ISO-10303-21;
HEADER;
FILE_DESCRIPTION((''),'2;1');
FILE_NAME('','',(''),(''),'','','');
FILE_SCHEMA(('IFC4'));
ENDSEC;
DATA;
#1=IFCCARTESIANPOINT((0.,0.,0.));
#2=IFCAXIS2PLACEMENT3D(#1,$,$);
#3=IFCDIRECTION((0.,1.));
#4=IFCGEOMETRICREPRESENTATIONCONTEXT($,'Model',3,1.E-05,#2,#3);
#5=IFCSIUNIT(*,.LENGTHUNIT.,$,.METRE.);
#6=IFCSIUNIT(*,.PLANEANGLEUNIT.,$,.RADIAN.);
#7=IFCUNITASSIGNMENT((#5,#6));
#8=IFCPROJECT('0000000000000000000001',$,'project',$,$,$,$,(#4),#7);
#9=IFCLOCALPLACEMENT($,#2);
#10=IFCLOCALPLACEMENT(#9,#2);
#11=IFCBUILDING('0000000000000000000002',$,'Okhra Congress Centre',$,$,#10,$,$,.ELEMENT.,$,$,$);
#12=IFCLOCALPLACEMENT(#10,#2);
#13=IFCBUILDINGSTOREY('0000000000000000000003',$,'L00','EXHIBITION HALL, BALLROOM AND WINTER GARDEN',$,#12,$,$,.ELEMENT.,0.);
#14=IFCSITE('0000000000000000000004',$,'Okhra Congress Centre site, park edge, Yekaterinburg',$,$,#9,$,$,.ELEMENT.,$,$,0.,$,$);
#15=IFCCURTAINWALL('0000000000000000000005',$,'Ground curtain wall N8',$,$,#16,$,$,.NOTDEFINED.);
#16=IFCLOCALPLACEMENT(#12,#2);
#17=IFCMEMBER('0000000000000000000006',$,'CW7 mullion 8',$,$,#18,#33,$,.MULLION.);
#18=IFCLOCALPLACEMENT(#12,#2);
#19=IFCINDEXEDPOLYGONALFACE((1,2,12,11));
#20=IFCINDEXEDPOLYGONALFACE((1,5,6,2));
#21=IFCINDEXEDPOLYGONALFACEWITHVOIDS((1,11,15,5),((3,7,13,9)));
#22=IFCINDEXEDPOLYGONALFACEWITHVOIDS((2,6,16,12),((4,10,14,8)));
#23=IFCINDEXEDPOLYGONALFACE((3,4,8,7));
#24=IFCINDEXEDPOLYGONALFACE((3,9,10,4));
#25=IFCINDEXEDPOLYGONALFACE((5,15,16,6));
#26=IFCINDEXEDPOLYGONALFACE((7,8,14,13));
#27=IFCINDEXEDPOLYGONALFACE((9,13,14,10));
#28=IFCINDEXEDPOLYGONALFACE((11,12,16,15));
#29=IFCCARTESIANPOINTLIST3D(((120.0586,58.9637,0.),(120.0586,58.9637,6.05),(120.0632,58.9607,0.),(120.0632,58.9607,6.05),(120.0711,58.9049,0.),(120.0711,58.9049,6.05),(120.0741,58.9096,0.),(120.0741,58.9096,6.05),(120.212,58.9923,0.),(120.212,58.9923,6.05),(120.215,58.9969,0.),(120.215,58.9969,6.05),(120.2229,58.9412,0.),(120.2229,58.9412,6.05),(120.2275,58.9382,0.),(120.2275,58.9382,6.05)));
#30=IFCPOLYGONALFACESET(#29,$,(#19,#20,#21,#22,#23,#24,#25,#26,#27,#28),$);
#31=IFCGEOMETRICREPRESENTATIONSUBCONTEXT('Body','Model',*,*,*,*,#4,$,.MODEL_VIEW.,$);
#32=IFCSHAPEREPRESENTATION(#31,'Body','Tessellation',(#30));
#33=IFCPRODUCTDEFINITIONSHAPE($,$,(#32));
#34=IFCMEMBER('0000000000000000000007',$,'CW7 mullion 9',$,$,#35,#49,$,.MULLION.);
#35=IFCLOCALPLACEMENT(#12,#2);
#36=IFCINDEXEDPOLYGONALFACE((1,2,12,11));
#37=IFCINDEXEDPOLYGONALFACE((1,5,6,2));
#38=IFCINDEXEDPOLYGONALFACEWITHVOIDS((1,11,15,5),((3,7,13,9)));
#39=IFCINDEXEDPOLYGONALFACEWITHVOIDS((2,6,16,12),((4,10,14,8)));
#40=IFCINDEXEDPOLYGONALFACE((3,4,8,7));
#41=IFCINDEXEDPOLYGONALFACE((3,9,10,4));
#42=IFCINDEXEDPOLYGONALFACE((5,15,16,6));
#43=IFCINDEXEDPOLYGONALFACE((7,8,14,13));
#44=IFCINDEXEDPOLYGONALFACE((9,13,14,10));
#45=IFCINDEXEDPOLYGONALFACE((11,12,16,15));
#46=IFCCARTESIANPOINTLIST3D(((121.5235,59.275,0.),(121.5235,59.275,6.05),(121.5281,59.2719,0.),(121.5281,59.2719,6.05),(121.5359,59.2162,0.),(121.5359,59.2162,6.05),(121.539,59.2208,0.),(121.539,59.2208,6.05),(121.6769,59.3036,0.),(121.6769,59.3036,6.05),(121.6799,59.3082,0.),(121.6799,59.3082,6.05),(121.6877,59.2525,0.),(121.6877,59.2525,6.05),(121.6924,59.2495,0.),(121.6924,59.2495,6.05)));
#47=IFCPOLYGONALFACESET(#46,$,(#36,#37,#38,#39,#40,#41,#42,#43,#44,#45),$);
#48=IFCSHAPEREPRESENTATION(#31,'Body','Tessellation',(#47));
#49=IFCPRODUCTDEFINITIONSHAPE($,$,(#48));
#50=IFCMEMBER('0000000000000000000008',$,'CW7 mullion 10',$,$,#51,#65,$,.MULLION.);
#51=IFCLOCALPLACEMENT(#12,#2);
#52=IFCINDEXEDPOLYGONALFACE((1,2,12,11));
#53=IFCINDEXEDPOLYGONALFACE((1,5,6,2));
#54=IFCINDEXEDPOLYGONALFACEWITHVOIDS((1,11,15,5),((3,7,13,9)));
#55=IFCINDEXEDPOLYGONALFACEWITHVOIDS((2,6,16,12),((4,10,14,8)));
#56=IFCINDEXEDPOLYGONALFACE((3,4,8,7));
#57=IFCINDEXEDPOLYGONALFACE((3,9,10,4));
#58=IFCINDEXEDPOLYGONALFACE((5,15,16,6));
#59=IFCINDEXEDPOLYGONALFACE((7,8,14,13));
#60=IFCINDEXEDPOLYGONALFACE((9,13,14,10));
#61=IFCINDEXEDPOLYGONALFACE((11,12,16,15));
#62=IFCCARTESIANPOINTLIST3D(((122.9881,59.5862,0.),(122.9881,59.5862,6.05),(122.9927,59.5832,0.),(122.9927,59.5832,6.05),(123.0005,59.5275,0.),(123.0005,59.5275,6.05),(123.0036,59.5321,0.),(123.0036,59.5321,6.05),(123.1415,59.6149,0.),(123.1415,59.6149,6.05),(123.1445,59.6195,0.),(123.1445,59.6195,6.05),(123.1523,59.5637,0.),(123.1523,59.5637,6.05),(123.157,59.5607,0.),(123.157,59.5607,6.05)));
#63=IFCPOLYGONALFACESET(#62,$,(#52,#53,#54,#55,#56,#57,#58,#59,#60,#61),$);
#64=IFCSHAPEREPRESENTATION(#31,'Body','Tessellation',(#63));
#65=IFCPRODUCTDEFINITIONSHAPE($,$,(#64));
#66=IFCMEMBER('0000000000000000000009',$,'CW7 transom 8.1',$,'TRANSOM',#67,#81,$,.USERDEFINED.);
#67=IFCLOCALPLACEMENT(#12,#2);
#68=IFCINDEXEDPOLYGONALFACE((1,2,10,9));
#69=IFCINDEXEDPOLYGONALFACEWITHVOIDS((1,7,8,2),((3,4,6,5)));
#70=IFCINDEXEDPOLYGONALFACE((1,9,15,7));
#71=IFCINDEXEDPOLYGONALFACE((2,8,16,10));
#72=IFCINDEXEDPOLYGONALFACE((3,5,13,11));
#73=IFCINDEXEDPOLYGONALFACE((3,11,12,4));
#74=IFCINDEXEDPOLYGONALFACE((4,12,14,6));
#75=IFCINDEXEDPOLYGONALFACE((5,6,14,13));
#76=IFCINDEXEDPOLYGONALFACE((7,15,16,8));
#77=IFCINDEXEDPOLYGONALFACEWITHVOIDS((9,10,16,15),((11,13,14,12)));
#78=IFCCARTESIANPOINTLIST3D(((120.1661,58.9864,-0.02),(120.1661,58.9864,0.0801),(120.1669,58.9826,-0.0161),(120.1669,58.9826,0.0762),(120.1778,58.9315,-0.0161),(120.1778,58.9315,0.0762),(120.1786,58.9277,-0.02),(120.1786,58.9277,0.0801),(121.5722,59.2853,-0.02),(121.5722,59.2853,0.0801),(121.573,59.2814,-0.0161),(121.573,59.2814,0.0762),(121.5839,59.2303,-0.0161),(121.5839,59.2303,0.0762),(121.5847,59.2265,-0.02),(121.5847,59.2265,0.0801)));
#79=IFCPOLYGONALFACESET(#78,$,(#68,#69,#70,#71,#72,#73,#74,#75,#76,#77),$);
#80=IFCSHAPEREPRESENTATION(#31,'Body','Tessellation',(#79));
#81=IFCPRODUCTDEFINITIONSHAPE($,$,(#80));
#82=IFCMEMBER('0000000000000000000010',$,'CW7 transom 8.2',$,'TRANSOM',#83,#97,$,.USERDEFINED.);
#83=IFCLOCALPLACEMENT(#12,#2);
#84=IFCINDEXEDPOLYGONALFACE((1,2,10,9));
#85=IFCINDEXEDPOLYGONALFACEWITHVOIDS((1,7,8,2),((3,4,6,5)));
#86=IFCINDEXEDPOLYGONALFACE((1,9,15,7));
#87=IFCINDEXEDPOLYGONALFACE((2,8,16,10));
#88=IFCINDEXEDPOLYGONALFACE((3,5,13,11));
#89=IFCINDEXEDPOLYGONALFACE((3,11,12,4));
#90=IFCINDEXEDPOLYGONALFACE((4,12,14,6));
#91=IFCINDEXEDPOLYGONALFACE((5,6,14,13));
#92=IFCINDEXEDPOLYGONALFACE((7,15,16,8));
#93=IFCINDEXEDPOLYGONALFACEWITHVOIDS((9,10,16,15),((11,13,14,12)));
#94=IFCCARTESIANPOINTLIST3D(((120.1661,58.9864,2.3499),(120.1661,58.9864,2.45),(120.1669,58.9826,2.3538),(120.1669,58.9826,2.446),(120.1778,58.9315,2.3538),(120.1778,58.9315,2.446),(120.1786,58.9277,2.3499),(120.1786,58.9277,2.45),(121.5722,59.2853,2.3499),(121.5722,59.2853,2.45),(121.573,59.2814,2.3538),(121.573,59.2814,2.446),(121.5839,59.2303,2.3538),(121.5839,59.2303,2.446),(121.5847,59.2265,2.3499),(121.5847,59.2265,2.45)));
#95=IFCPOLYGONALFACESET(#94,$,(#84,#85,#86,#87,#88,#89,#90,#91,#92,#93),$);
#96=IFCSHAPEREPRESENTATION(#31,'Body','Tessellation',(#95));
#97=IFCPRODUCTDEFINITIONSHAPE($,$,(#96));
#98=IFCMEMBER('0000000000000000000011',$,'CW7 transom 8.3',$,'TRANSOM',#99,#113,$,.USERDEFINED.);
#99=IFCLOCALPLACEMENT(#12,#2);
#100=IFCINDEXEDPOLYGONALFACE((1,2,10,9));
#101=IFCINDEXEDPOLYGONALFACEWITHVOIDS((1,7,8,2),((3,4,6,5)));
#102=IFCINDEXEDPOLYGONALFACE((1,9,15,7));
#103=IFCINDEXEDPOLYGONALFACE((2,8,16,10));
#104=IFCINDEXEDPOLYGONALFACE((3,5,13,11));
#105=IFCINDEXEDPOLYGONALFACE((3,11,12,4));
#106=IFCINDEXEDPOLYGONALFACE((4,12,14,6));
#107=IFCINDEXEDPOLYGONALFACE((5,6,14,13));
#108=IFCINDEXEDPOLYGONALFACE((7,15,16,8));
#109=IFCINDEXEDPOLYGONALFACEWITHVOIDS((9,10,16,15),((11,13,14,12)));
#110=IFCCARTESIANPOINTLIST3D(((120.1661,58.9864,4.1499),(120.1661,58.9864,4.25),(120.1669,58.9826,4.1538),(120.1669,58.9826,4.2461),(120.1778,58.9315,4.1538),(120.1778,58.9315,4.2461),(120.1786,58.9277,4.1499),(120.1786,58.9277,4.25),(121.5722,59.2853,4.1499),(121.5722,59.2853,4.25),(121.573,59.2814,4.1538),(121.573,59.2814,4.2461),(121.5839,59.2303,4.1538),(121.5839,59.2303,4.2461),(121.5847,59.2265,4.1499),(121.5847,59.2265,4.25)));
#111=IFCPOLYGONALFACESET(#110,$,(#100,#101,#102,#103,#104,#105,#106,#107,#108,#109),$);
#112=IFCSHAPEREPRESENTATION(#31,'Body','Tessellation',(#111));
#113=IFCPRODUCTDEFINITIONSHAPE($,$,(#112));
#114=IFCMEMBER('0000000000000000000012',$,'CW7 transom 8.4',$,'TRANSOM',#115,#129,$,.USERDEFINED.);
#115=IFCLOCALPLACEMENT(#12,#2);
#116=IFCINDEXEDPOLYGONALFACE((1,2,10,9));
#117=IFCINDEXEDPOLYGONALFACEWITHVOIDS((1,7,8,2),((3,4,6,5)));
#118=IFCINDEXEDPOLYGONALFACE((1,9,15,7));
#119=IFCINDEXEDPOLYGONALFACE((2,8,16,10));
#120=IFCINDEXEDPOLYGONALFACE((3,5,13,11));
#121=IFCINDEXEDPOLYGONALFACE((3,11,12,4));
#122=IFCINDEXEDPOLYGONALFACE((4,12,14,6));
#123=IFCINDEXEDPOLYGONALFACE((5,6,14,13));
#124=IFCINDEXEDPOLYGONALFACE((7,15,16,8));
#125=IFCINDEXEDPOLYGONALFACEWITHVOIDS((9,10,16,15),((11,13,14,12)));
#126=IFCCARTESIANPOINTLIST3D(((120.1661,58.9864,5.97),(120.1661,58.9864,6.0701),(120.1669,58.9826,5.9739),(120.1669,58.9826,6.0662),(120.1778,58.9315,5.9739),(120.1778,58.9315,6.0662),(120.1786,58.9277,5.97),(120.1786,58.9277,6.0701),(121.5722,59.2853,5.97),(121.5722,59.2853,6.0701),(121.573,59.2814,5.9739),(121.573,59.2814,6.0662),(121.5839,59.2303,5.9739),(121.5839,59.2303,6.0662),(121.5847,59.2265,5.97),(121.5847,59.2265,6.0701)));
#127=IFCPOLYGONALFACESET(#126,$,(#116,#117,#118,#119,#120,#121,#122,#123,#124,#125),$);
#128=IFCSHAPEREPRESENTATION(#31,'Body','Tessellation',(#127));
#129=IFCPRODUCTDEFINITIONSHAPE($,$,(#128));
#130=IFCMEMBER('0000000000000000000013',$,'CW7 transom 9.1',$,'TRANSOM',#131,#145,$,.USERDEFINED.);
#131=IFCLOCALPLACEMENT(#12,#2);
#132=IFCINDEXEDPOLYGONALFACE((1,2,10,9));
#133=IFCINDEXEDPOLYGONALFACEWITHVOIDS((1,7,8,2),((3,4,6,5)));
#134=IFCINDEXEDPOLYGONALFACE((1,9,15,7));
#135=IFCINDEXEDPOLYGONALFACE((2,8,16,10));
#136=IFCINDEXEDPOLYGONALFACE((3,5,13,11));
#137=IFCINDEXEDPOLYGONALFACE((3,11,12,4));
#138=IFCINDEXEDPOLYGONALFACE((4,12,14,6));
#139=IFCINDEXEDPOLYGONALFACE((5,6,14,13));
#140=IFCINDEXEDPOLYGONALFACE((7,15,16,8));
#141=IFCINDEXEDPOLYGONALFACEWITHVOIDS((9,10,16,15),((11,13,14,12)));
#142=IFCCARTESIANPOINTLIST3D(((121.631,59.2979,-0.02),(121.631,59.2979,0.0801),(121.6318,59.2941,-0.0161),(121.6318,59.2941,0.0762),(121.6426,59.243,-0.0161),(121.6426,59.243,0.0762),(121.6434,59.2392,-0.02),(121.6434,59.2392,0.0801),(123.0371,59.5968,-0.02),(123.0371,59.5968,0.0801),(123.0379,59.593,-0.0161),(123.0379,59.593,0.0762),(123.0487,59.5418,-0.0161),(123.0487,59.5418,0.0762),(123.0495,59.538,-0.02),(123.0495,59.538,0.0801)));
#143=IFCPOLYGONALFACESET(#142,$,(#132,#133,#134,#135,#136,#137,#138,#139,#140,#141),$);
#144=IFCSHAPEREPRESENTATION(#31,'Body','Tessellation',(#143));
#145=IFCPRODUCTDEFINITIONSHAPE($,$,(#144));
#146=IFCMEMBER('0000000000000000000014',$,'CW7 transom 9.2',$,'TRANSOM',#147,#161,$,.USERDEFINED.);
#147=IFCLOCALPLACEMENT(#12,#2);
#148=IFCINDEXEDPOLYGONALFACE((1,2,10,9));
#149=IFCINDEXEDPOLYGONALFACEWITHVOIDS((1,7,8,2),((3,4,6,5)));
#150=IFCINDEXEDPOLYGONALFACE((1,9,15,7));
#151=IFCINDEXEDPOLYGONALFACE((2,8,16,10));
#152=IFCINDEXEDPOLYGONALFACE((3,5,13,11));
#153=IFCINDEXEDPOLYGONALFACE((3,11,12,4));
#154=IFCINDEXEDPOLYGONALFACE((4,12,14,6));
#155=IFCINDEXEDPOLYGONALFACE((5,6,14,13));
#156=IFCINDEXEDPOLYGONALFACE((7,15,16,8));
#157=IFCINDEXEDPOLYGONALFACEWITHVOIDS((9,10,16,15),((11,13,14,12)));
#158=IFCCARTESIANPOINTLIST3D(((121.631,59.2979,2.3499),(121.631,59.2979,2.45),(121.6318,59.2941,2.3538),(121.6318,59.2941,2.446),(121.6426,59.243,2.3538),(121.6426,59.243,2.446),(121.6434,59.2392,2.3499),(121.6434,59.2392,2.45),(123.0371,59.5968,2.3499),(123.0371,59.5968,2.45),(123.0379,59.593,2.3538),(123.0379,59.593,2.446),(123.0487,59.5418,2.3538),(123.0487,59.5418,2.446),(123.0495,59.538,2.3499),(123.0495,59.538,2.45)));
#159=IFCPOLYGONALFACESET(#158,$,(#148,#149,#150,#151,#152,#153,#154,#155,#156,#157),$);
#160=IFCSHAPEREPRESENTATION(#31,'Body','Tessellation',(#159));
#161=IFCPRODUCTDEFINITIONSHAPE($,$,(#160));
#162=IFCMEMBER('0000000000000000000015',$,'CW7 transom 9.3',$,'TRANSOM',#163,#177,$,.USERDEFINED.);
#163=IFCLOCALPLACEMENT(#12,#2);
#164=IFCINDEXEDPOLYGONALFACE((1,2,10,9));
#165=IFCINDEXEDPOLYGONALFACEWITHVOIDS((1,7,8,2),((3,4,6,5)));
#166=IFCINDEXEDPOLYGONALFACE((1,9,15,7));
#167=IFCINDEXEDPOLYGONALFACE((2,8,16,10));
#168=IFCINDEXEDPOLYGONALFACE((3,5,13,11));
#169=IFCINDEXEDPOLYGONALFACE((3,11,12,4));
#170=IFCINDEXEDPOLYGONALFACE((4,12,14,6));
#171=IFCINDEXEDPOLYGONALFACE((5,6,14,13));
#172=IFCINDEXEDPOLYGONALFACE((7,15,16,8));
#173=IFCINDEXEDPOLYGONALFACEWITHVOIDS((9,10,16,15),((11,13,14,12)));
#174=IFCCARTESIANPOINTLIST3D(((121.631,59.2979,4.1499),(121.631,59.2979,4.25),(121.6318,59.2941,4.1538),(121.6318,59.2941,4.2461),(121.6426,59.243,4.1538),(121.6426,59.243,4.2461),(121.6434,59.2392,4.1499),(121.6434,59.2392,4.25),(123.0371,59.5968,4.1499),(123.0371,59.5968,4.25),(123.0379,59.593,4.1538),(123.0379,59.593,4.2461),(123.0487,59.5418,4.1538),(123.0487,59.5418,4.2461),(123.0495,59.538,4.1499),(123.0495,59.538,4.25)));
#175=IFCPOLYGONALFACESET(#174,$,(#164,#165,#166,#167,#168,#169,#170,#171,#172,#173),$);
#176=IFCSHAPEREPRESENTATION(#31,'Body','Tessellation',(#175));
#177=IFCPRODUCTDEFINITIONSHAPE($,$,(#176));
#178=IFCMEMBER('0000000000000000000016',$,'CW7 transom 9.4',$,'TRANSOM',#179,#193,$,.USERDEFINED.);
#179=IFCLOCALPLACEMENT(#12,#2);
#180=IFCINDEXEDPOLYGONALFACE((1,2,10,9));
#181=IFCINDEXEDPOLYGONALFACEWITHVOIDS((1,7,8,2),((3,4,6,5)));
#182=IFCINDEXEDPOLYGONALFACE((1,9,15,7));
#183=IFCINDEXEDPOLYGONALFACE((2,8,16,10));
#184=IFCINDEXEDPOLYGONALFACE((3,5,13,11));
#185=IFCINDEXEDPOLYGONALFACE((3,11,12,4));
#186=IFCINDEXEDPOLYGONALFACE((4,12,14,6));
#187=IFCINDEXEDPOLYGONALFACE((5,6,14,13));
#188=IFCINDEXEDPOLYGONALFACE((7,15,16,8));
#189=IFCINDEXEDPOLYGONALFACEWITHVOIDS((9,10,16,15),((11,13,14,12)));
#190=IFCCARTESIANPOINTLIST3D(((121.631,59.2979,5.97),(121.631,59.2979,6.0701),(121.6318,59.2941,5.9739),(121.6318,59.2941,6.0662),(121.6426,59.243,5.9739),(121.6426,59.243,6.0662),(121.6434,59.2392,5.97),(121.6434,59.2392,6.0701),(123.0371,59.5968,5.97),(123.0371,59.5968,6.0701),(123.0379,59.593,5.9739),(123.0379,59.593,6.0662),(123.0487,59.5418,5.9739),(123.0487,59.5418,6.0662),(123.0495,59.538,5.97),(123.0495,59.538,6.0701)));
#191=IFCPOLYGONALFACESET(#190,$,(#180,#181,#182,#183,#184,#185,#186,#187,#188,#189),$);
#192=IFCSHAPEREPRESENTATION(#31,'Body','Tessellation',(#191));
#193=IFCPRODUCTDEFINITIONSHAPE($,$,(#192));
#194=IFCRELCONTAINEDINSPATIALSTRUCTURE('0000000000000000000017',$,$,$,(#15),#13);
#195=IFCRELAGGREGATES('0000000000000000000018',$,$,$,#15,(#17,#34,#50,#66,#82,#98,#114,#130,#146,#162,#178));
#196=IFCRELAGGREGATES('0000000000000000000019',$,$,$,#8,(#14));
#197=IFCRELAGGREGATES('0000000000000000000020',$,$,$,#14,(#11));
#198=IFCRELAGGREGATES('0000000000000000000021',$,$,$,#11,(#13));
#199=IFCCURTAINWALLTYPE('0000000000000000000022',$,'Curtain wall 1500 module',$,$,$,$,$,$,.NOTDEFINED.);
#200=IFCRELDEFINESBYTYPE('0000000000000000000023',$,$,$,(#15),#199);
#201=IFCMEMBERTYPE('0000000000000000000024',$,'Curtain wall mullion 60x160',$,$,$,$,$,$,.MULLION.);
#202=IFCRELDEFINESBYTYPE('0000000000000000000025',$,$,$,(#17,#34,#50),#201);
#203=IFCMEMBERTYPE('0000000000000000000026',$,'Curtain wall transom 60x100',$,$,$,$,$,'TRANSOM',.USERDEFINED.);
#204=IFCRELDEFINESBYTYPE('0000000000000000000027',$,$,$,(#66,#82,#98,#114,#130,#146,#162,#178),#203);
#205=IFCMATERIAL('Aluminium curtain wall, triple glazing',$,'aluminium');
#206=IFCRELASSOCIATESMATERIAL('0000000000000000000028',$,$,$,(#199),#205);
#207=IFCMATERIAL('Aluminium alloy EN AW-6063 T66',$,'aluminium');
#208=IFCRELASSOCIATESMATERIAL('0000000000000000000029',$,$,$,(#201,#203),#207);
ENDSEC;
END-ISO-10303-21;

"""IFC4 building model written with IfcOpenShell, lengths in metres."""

from ifc_helpers import new_model, si_unit, direction, frame, origin, origin_2d, place, context, subcontext, project, spatial, hollow_rectangle, extrude, material, material_profile, profile_set, type_object, element, aggregate, save


model = new_model("IFC4")

# Units and contexts
model_context = context("Model", 3, precision=1e-05, world=origin(), true_north=direction((0.0, 1.0)))
body_context = subcontext(model_context, "Body", "Model", "MODEL_VIEW")
ifc_project = project(units=[si_unit("LENGTHUNIT", "METRE"), si_unit("PLANEANGLEUNIT", "RADIAN")], contexts=[model_context])

# Site, building, storey
site_placement = place(None, origin())
site = spatial("IfcSite", under=ifc_project, at=site_placement, Name="Okhra Congress Centre site, park edge, Yekaterinburg", CompositionType="ELEMENT", RefElevation=0.0)
building_placement = place(site_placement, origin())
building = spatial("IfcBuilding", under=site, at=building_placement, Name="Okhra Congress Centre", CompositionType="ELEMENT")
storey_placement = place(building_placement, origin())
storey = spatial("IfcBuildingStorey", under=building, at=storey_placement, Name="L00", Description="EXHIBITION HALL, BALLROOM AND WINTER GARDEN", CompositionType="ELEMENT", Elevation=0.0)

# Curtain wall, members
ifc_material_1 = material(Name="Aluminium curtain wall, triple glazing", Category="aluminium")
curtain_wall_type = type_object("IfcCurtainWallType", Name="Curtain wall 1500 module", PredefinedType="NOTDEFINED", material=ifc_material_1)
curtain_wall_placement = place(storey_placement, origin())
curtain_wall = element("IfcCurtainWall", 1, at=curtain_wall_placement, inside=storey, type_object=curtain_wall_type, Name="Ground curtain wall N8", PredefinedType="NOTDEFINED")
ifc_material_2 = material(Name="Aluminium alloy EN AW-6063 T66", Category="aluminium")
ifc_material_profile_1 = material_profile(ifc_material_2, hollow_rectangle(XDim=0.0601, YDim=0.1599, WallThickness=0.0039, at=origin_2d()), Name="RHS 60x160x4")
ifc_profile_set_1 = profile_set([ifc_material_profile_1], Name="Aluminium alloy EN AW-6063 T66")
member_type_1 = type_object("IfcMemberType", Name="Curtain wall mullion 60x160", PredefinedType="MULLION", material=ifc_profile_set_1)
member_1_placement = place(storey_placement, frame((120.1431, 58.9509, 0.0), z_axis=(0.0, 0.0, 1.0), x_axis=(-0.207912, 0.978148, 0.0)))
member_1 = element("IfcMember", 2, at=member_1_placement, type_object=member_type_1, Name="CW7 mullion 8", PredefinedType="MULLION", context=body_context, shape_type="SweptSolid", body=[
    extrude(hollow_rectangle(XDim=0.0601, YDim=0.1599, WallThickness=0.0039, at=origin_2d()), origin(), (0.0, 0.0, 1.0), 6.05),
])
member_2_placement = place(storey_placement, frame((121.6079, 59.2622, 0.0), z_axis=(0.0, 0.0, 1.0), x_axis=(-0.207912, 0.978148, 0.0)))
member_2 = element("IfcMember", 3, at=member_2_placement, type_object=member_type_1, Name="CW7 mullion 9", PredefinedType="MULLION", context=body_context, shape_type="SweptSolid", body=[
    extrude(hollow_rectangle(XDim=0.0601, YDim=0.1599, WallThickness=0.0039, at=origin_2d()), origin(), (0.0, 0.0, 1.0), 6.05),
])
member_3_placement = place(storey_placement, frame((123.0725, 59.5735, 0.0), z_axis=(0.0, 0.0, 1.0), x_axis=(-0.207912, 0.978148, 0.0)))
member_3 = element("IfcMember", 4, at=member_3_placement, type_object=member_type_1, Name="CW7 mullion 10", PredefinedType="MULLION", context=body_context, shape_type="SweptSolid", body=[
    extrude(hollow_rectangle(XDim=0.0601, YDim=0.1599, WallThickness=0.0039, at=origin_2d()), origin(), (0.0, 0.0, 1.0), 6.05),
])
ifc_material_profile_2 = material_profile(ifc_material_2, hollow_rectangle(XDim=0.0601, YDim=0.1001, WallThickness=0.0039, at=origin_2d()), Name="RHS 60x100x4")
ifc_profile_set_2 = profile_set([ifc_material_profile_2], Name="Aluminium alloy EN AW-6063 T66")
member_type_2 = type_object("IfcMemberType", Name="Curtain wall transom 60x100", ElementType="TRANSOM", PredefinedType="USERDEFINED", material=ifc_profile_set_2)
member_4_placement = place(storey_placement, frame((120.1724, 58.957, 0.03), z_axis=(0.978152, 0.207893, 0.0), x_axis=(-0.207893, 0.978152, 0.0)))
member_4 = element("IfcMember", 5, at=member_4_placement, type_object=member_type_2, Name="CW7 transom 8.1", ObjectType="TRANSOM", PredefinedType="USERDEFINED", context=body_context, shape_type="SweptSolid", body=[
    extrude(hollow_rectangle(XDim=0.0601, YDim=0.1001, WallThickness=0.0039, at=origin_2d()), origin(), (0.0, 0.0, 1.0), 1.4375),
])
member_5_placement = place(storey_placement, frame((120.1724, 58.957, 2.3999), z_axis=(0.978152, 0.207893, 0.0), x_axis=(-0.207893, 0.978152, 0.0)))
member_5 = element("IfcMember", 6, at=member_5_placement, type_object=member_type_2, Name="CW7 transom 8.2", ObjectType="TRANSOM", PredefinedType="USERDEFINED", context=body_context, shape_type="SweptSolid", body=[
    extrude(hollow_rectangle(XDim=0.0601, YDim=0.1001, WallThickness=0.0039, at=origin_2d()), origin(), (0.0, 0.0, 1.0), 1.4375),
])
member_6_placement = place(storey_placement, frame((120.1724, 58.957, 4.2), z_axis=(0.978152, 0.207893, 0.0), x_axis=(-0.207893, 0.978152, 0.0)))
member_6 = element("IfcMember", 7, at=member_6_placement, type_object=member_type_2, Name="CW7 transom 8.3", ObjectType="TRANSOM", PredefinedType="USERDEFINED", context=body_context, shape_type="SweptSolid", body=[
    extrude(hollow_rectangle(XDim=0.0601, YDim=0.1001, WallThickness=0.0039, at=origin_2d()), origin(), (0.0, 0.0, 1.0), 1.4375),
])
member_7_placement = place(storey_placement, frame((120.1724, 58.957, 6.02), z_axis=(0.978152, 0.207893, 0.0), x_axis=(-0.207893, 0.978152, 0.0)))
member_7 = element("IfcMember", 8, at=member_7_placement, type_object=member_type_2, Name="CW7 transom 8.4", ObjectType="TRANSOM", PredefinedType="USERDEFINED", context=body_context, shape_type="SweptSolid", body=[
    extrude(hollow_rectangle(XDim=0.0601, YDim=0.1001, WallThickness=0.0039, at=origin_2d()), origin(), (0.0, 0.0, 1.0), 1.4375),
])
member_8_placement = place(storey_placement, frame((121.6372, 59.2686, 0.03), z_axis=(0.978152, 0.207893, 0.0), x_axis=(-0.207893, 0.978152, 0.0)))
member_8 = element("IfcMember", 9, at=member_8_placement, type_object=member_type_2, Name="CW7 transom 9.1", ObjectType="TRANSOM", PredefinedType="USERDEFINED", context=body_context, shape_type="SweptSolid", body=[
    extrude(hollow_rectangle(XDim=0.0601, YDim=0.1001, WallThickness=0.0039, at=origin_2d()), origin(), (0.0, 0.0, 1.0), 1.4375),
])
member_9_placement = place(storey_placement, frame((121.6372, 59.2686, 2.3999), z_axis=(0.978152, 0.207893, 0.0), x_axis=(-0.207893, 0.978152, 0.0)))
member_9 = element("IfcMember", 10, at=member_9_placement, type_object=member_type_2, Name="CW7 transom 9.2", ObjectType="TRANSOM", PredefinedType="USERDEFINED", context=body_context, shape_type="SweptSolid", body=[
    extrude(hollow_rectangle(XDim=0.0601, YDim=0.1001, WallThickness=0.0039, at=origin_2d()), origin(), (0.0, 0.0, 1.0), 1.4375),
])
member_10_placement = place(storey_placement, frame((121.6372, 59.2686, 4.2), z_axis=(0.978152, 0.207893, 0.0), x_axis=(-0.207893, 0.978152, 0.0)))
member_10 = element("IfcMember", 11, at=member_10_placement, type_object=member_type_2, Name="CW7 transom 9.3", ObjectType="TRANSOM", PredefinedType="USERDEFINED", context=body_context, shape_type="SweptSolid", body=[
    extrude(hollow_rectangle(XDim=0.0601, YDim=0.1001, WallThickness=0.0039, at=origin_2d()), origin(), (0.0, 0.0, 1.0), 1.4375),
])
member_11_placement = place(storey_placement, frame((121.6372, 59.2686, 6.02), z_axis=(0.978152, 0.207893, 0.0), x_axis=(-0.207893, 0.978152, 0.0)))
member_11 = element("IfcMember", 12, at=member_11_placement, type_object=member_type_2, Name="CW7 transom 9.4", ObjectType="TRANSOM", PredefinedType="USERDEFINED", context=body_context, shape_type="SweptSolid", body=[
    extrude(hollow_rectangle(XDim=0.0601, YDim=0.1001, WallThickness=0.0039, at=origin_2d()), origin(), (0.0, 0.0, 1.0), 1.4375),
])
aggregate(curtain_wall, [member_1, member_2, member_3, member_4, member_5, member_6, member_7, member_8, member_9, member_10, member_11])

save(model, "model.ifc")
